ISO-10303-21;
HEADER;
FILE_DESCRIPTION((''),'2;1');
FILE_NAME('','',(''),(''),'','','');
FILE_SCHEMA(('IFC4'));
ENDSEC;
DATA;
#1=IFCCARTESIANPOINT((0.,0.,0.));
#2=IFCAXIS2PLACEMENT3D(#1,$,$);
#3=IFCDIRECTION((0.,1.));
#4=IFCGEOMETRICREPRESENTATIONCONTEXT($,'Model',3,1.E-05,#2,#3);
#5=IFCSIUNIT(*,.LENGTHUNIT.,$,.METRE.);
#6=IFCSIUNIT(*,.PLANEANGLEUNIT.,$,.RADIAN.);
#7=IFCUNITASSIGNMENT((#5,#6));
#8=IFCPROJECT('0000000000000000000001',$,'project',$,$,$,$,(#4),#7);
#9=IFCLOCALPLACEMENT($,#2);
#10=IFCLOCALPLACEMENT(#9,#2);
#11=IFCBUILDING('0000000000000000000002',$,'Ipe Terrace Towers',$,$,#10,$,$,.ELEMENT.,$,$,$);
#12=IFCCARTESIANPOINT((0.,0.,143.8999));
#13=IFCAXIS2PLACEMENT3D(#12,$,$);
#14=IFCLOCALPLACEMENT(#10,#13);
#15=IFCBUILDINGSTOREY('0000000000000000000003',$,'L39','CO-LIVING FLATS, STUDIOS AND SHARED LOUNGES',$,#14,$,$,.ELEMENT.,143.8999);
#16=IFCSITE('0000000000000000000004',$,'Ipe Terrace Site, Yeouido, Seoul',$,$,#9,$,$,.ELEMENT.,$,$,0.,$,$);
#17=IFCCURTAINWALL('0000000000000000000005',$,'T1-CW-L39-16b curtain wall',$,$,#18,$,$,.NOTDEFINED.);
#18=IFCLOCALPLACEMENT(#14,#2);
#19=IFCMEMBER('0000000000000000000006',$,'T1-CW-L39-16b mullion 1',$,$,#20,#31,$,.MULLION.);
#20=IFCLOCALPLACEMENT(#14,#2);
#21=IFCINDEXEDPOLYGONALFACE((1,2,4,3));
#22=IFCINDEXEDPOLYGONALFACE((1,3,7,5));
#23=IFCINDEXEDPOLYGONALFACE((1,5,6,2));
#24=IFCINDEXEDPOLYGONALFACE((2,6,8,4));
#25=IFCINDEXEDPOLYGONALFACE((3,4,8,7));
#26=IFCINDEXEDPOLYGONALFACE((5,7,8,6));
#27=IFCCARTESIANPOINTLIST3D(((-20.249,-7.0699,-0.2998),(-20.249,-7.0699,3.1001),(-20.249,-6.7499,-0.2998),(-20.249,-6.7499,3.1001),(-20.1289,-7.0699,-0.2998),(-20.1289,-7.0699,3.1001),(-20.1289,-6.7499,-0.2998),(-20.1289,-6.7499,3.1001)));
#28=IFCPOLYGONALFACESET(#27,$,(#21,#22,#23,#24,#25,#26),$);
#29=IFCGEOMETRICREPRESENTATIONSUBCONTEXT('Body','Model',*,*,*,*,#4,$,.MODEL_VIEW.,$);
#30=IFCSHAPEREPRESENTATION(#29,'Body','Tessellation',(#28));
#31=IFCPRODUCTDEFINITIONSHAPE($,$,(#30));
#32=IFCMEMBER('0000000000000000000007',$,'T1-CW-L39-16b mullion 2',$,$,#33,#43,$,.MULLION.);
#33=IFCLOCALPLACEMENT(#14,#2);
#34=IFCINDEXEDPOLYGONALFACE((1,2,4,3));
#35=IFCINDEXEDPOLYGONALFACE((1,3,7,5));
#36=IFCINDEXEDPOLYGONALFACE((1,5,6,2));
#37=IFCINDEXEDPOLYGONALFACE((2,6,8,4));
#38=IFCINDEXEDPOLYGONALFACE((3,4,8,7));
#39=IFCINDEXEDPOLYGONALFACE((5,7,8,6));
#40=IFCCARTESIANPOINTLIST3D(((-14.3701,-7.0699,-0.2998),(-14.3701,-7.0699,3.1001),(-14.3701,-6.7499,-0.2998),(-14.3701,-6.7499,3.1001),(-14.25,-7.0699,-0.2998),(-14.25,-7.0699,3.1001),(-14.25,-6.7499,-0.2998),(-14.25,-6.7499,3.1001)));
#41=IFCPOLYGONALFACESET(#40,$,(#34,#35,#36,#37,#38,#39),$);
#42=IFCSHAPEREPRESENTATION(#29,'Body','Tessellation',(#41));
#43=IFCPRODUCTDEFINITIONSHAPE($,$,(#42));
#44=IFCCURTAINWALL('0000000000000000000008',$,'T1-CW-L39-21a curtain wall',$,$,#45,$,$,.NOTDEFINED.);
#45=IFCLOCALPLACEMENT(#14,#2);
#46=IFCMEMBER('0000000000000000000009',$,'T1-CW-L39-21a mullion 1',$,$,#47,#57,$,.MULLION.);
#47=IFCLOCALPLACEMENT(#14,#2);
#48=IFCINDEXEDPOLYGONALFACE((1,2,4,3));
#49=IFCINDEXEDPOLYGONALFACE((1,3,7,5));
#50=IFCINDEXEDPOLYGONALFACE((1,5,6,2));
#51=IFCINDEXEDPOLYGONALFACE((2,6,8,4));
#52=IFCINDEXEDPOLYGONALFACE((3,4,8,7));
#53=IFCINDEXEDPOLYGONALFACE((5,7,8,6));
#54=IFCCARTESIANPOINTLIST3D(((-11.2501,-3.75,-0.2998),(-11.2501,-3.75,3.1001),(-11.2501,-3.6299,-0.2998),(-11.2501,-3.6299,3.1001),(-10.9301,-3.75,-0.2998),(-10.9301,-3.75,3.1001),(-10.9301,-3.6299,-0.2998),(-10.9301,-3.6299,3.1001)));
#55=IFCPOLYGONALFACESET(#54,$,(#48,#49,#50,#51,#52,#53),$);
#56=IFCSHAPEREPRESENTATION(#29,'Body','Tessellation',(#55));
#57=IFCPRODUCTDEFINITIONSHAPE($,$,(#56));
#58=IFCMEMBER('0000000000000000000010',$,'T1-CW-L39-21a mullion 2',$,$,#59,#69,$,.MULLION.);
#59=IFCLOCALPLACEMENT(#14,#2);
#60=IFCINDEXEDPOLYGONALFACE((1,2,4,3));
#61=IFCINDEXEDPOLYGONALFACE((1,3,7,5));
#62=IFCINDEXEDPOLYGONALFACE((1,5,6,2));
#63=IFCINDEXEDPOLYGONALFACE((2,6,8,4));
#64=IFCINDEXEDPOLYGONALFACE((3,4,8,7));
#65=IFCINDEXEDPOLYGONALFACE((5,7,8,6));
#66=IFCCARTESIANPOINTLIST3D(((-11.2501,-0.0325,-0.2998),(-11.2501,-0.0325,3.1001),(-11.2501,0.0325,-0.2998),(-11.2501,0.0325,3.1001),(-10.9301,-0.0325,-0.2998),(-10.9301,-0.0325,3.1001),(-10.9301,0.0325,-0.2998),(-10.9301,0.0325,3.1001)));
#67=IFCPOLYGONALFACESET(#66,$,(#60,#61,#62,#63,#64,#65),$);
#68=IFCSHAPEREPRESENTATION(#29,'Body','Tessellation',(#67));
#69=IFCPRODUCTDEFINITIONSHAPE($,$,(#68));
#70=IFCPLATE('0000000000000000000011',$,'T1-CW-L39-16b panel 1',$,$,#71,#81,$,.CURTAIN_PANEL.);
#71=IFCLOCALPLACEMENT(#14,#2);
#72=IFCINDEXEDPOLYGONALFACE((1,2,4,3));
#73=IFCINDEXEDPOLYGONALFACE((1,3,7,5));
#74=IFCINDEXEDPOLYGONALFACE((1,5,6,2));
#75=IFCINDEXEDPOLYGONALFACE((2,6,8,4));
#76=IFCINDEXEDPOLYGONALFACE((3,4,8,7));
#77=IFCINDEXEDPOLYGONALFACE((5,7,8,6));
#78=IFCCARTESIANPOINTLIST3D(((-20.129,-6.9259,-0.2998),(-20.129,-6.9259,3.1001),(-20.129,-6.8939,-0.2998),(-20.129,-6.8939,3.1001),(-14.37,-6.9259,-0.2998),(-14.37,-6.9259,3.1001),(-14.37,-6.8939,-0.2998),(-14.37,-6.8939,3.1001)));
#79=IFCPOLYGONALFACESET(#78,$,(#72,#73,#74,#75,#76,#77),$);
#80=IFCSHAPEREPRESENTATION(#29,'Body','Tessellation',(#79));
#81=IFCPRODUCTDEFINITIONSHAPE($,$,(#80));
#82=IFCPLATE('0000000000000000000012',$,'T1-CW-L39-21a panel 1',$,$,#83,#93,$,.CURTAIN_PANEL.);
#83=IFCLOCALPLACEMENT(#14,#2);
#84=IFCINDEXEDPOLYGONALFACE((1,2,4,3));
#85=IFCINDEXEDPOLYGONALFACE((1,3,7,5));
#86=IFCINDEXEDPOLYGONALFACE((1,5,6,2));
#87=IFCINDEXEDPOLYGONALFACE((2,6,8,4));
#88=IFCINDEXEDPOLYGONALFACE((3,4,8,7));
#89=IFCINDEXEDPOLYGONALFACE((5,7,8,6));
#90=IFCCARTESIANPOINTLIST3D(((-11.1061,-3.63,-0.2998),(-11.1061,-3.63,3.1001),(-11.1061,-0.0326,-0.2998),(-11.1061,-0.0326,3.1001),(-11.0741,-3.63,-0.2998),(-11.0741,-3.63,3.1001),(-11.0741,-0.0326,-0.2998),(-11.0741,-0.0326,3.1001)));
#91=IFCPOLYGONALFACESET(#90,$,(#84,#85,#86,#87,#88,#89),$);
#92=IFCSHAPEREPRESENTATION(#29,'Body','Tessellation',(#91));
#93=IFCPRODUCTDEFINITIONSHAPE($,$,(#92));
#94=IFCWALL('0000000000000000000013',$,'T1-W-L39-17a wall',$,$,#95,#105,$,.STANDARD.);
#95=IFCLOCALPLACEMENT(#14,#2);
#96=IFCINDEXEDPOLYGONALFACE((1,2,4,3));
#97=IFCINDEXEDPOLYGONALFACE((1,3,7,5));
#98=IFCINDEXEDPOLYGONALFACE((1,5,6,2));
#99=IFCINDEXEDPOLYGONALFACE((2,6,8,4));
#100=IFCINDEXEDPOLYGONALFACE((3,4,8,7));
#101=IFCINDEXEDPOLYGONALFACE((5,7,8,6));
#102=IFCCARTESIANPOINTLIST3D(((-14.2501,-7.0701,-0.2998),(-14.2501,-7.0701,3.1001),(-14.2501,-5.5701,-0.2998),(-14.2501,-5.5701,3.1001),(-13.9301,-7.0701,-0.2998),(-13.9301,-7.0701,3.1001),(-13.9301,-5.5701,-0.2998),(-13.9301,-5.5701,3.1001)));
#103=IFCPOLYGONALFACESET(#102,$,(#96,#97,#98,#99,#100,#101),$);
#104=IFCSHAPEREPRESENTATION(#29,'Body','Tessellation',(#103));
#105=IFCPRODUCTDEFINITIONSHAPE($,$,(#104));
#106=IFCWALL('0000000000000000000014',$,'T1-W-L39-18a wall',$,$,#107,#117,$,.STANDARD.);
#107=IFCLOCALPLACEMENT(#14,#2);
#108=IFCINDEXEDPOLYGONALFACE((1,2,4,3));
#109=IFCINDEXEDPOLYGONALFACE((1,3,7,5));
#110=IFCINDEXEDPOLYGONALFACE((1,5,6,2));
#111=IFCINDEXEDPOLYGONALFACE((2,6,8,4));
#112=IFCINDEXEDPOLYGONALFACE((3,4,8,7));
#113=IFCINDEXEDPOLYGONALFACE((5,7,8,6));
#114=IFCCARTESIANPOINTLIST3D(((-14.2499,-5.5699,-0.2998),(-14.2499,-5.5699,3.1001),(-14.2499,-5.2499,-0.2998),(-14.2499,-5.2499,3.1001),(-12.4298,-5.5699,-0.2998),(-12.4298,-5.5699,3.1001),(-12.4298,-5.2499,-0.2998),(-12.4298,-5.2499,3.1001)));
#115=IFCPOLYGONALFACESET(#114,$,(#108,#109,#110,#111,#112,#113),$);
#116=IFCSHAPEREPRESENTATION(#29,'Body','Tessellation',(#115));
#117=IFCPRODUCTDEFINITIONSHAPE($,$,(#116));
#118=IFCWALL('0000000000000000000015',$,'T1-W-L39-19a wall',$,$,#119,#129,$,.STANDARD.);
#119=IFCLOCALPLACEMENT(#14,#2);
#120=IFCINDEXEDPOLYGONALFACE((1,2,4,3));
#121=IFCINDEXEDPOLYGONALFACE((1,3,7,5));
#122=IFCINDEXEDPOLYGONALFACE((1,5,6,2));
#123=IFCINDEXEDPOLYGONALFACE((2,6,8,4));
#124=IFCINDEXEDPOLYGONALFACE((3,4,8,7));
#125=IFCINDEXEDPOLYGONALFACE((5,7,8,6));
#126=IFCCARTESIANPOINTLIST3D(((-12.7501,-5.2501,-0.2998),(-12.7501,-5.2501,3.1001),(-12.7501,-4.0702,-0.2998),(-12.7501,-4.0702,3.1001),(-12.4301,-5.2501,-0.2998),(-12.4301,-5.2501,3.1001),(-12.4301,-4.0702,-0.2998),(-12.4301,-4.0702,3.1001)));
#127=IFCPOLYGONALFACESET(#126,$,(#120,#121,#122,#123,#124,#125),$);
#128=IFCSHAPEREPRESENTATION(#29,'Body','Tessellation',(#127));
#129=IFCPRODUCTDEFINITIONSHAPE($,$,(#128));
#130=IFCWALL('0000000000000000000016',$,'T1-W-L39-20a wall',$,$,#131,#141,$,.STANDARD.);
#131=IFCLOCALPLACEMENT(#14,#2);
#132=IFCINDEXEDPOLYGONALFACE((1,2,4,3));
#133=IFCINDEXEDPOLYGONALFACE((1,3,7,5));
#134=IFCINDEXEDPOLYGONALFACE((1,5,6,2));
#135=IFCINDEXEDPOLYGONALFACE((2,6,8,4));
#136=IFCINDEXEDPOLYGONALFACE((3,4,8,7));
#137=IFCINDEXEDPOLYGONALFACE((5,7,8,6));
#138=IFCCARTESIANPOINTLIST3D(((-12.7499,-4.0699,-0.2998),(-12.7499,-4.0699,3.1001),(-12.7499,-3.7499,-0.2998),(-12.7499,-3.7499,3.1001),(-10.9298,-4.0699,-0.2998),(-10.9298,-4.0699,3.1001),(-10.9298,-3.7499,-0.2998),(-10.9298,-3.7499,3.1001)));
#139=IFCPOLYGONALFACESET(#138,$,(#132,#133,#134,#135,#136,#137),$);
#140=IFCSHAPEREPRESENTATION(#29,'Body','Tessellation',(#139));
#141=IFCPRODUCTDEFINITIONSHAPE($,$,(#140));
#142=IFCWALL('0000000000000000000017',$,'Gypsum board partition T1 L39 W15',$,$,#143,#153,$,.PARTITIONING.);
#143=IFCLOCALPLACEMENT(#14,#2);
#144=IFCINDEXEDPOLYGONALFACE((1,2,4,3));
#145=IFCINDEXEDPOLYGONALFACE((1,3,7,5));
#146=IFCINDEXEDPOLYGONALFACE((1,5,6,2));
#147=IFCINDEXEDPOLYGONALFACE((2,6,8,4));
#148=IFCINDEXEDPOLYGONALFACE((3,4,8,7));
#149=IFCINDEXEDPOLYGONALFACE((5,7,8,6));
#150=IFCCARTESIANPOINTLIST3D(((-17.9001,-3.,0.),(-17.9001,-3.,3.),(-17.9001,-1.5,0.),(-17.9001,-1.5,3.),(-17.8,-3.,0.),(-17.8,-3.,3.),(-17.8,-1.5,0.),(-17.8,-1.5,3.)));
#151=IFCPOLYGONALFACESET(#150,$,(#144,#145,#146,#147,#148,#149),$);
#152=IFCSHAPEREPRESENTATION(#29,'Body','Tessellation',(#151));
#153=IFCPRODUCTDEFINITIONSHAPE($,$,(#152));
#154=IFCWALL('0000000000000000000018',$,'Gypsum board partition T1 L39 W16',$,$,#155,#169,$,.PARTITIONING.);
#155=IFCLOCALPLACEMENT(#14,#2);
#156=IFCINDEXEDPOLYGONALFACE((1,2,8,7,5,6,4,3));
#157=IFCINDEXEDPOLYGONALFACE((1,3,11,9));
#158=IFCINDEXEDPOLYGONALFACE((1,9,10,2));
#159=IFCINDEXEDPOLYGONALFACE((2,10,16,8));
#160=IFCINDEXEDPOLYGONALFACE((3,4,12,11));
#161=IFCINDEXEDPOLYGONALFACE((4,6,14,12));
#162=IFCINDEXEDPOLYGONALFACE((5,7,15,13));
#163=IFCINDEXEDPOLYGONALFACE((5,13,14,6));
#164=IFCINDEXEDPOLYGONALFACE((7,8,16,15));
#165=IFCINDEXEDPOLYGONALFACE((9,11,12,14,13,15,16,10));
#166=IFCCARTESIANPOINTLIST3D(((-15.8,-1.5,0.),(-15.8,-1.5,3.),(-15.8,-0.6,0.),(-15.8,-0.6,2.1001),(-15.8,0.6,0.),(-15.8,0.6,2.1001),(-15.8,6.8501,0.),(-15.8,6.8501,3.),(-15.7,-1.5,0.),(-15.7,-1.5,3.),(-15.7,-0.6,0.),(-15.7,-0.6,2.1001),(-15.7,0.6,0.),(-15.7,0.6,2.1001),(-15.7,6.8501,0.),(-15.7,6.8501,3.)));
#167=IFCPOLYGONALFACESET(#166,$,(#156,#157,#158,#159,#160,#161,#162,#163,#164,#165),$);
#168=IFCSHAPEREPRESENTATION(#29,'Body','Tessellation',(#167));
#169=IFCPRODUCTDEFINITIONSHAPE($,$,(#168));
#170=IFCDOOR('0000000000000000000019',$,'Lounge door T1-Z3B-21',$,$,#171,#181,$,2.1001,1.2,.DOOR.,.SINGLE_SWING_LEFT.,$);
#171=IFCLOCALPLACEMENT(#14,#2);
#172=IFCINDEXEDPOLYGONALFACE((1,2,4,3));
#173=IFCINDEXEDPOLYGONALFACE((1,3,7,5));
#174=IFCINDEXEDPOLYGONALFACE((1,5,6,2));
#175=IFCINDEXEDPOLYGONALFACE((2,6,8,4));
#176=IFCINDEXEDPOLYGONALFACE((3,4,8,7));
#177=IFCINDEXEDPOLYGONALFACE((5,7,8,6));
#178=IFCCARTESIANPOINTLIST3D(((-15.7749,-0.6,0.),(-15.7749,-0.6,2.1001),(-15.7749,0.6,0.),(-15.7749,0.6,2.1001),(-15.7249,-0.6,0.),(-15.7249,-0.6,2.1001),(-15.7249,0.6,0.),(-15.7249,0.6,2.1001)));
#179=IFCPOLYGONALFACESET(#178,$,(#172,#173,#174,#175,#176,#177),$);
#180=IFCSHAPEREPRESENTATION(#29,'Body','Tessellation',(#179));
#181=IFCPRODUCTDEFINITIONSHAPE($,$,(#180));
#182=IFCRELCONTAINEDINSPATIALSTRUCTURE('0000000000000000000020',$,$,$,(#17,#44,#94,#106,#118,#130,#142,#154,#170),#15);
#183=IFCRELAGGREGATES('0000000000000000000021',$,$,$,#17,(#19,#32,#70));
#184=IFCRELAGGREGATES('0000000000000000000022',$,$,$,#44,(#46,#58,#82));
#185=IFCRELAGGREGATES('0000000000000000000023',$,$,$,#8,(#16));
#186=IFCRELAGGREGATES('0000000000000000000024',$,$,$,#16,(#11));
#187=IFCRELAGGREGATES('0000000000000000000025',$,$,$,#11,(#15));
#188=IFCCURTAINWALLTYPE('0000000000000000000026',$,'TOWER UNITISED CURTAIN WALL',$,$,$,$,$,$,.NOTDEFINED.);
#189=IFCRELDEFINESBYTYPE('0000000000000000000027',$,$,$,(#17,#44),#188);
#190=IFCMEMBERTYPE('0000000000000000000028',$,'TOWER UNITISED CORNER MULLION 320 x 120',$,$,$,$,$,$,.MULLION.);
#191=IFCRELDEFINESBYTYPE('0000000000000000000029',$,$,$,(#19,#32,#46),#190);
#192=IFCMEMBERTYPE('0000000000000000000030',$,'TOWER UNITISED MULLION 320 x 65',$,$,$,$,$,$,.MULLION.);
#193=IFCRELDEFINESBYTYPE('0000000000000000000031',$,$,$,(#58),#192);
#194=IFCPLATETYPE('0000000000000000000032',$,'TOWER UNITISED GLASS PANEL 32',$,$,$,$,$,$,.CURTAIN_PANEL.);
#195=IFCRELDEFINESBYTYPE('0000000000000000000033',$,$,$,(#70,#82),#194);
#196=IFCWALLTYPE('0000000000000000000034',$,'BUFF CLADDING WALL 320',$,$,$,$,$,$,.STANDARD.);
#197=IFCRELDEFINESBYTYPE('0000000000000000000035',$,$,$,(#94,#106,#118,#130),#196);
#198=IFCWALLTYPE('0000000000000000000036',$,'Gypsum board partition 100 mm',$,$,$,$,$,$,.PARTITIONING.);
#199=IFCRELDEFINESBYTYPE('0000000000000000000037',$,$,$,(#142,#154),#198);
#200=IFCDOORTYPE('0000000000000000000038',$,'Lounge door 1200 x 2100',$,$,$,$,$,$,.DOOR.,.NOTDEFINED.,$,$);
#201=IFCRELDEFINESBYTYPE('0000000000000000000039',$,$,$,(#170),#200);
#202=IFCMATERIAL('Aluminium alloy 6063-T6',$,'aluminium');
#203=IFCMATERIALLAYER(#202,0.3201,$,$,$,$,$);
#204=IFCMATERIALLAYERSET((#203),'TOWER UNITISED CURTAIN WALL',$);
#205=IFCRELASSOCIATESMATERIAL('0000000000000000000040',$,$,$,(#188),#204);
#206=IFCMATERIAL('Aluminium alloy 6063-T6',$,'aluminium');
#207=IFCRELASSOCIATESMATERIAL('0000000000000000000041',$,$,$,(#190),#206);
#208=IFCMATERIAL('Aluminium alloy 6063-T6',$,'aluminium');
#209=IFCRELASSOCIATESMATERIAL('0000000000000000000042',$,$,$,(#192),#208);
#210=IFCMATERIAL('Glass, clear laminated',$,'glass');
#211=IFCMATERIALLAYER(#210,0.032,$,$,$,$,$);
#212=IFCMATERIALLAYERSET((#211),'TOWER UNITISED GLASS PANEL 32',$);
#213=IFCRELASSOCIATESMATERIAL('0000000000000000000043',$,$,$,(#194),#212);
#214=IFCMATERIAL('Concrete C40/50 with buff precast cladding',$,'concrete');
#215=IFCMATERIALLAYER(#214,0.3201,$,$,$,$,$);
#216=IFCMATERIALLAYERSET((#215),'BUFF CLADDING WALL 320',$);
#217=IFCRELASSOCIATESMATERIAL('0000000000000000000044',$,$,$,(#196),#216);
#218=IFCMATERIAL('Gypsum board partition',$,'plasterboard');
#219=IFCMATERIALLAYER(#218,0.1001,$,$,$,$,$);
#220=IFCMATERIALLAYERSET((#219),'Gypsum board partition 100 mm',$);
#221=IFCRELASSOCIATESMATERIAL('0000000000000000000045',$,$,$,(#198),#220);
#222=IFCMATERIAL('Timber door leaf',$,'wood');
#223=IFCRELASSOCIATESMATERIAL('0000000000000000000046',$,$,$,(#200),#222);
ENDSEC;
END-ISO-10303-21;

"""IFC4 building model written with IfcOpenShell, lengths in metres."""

from ifc_helpers import new_model, si_unit, direction, frame, frame_2d, origin, origin_2d, place, context, subcontext, project, spatial, rectangle, extrude, material, layer, layer_set, material_profile, profile_set, type_object, element, fill, aggregate, save


model = new_model("IFC4")

# Units and contexts
model_context = context("Model", 3, precision=1e-05, world=origin(), true_north=direction((0.0, 1.0)))
body_context = subcontext(model_context, "Body", "Model", "MODEL_VIEW")
ifc_project = project(units=[si_unit("LENGTHUNIT", "METRE"), si_unit("PLANEANGLEUNIT", "RADIAN")], contexts=[model_context])

# Site, building, storey
site_placement = place(None, origin())
site = spatial("IfcSite", under=ifc_project, at=site_placement, Name="Ipe Terrace Site, Yeouido, Seoul", CompositionType="ELEMENT", RefElevation=0.0)
building_placement = place(site_placement, origin())
building = spatial("IfcBuilding", under=site, at=building_placement, Name="Ipe Terrace Towers", CompositionType="ELEMENT")
storey_placement = place(building_placement, frame((0.0, 0.0, 143.8999)))
storey = spatial("IfcBuildingStorey", under=building, at=storey_placement, Name="L39", Description="CO-LIVING FLATS, STUDIOS AND SHARED LOUNGES", CompositionType="ELEMENT", Elevation=143.8999)

# Curtain walls, members
ifc_material_1 = material(Name="Aluminium alloy 6063-T6", Category="aluminium")
ifc_layer_1 = layer(ifc_material_1, 0.3201)
ifc_layer_set_1 = layer_set([ifc_layer_1], Name="TOWER UNITISED CURTAIN WALL")
curtain_wall_type = type_object("IfcCurtainWallType", Name="TOWER UNITISED CURTAIN WALL", PredefinedType="NOTDEFINED", material=ifc_layer_set_1)
curtain_wall_1_placement = place(storey_placement, origin())
curtain_wall_1 = element("IfcCurtainWall", 1, at=curtain_wall_1_placement, inside=storey, type_object=curtain_wall_type, Name="T1-CW-L39-16b curtain wall", PredefinedType="NOTDEFINED")
ifc_material_2 = material(Name="Aluminium alloy 6063-T6", Category="aluminium")
ifc_material_profile_1 = material_profile(ifc_material_2, rectangle(XDim=0.3201, YDim=0.1201, at=origin_2d()), Name="TOWER UNITISED CORNER MULLION 320 x 120")
ifc_profile_set_1 = profile_set([ifc_material_profile_1], Name="Aluminium alloy 6063-T6")
member_type_1 = type_object("IfcMemberType", Name="TOWER UNITISED CORNER MULLION 320 x 120", PredefinedType="MULLION", material=ifc_profile_set_1)
member_1_placement = place(storey_placement, frame((-20.189, -6.9099, -0.2998), z_axis=(0.0, 0.0, 1.0), x_axis=(0.0, -1.0, 0.0)))
member_1 = element("IfcMember", 2, at=member_1_placement, type_object=member_type_1, Name="T1-CW-L39-16b mullion 1", PredefinedType="MULLION", context=body_context, shape_type="SweptSolid", body=[
    extrude(rectangle(XDim=0.3201, YDim=0.1201, at=origin_2d()), origin(), (0.0, 0.0, 1.0), 3.3999),
])
member_2_placement = place(storey_placement, frame((-14.3101, -6.9099, -0.2998), z_axis=(0.0, 0.0, 1.0), x_axis=(0.0, -1.0, 0.0)))
member_2 = element("IfcMember", 3, at=member_2_placement, type_object=member_type_1, Name="T1-CW-L39-16b mullion 2", PredefinedType="MULLION", context=body_context, shape_type="SweptSolid", body=[
    extrude(rectangle(XDim=0.3201, YDim=0.1201, at=origin_2d()), origin(), (0.0, 0.0, 1.0), 3.3999),
])
curtain_wall_2_placement = place(storey_placement, origin())
curtain_wall_2 = element("IfcCurtainWall", 4, at=curtain_wall_2_placement, inside=storey, type_object=curtain_wall_type, Name="T1-CW-L39-21a curtain wall", PredefinedType="NOTDEFINED")
member_3_placement = place(storey_placement, frame((-11.0901, -3.6899, -0.2998), z_axis=(0.0, 0.0, 1.0), x_axis=(1.0, 0.0, 0.0)))
member_3 = element("IfcMember", 5, at=member_3_placement, type_object=member_type_1, Name="T1-CW-L39-21a mullion 1", PredefinedType="MULLION", context=body_context, shape_type="SweptSolid", body=[
    extrude(rectangle(XDim=0.3201, YDim=0.1201, at=origin_2d()), origin(), (0.0, 0.0, 1.0), 3.3999),
])
ifc_material_3 = material(Name="Aluminium alloy 6063-T6", Category="aluminium")
ifc_material_profile_2 = material_profile(ifc_material_3, rectangle(XDim=0.3201, YDim=0.0649, at=origin_2d()), Name="TOWER UNITISED MULLION 320 x 65")
ifc_profile_set_2 = profile_set([ifc_material_profile_2], Name="Aluminium alloy 6063-T6")
member_type_2 = type_object("IfcMemberType", Name="TOWER UNITISED MULLION 320 x 65", PredefinedType="MULLION", material=ifc_profile_set_2)
member_4_placement = place(storey_placement, frame((-11.0901, 0.0, -0.2998), z_axis=(0.0, 0.0, 1.0), x_axis=(1.0, 0.0, 0.0)))
member_4 = element("IfcMember", 6, at=member_4_placement, type_object=member_type_2, Name="T1-CW-L39-21a mullion 2", PredefinedType="MULLION", context=body_context, shape_type="SweptSolid", body=[
    extrude(rectangle(XDim=0.3201, YDim=0.0649, at=origin_2d()), origin(), (0.0, 0.0, 1.0), 3.3999),
])

# Plates
ifc_material_4 = material(Name="Glass, clear laminated", Category="glass")
ifc_layer_2 = layer(ifc_material_4, 0.032)
ifc_layer_set_2 = layer_set([ifc_layer_2], Name="TOWER UNITISED GLASS PANEL 32")
plate_type = type_object("IfcPlateType", Name="TOWER UNITISED GLASS PANEL 32", PredefinedType="CURTAIN_PANEL", material=ifc_layer_set_2)
plate_1_placement = place(storey_placement, frame((-17.2495, -6.9099, -0.2998), z_axis=(0.0, 0.0, 1.0), x_axis=(1.0, 0.0, 0.0)))
plate_1 = element("IfcPlate", 7, at=plate_1_placement, type_object=plate_type, Name="T1-CW-L39-16b panel 1", PredefinedType="CURTAIN_PANEL", context=body_context, shape_type="SweptSolid", body=[
    extrude(rectangle(XDim=5.759, YDim=0.032, at=origin_2d()), origin(), (0.0, 0.0, 1.0), 3.3999),
])
aggregate(curtain_wall_1, [member_1, member_2, plate_1])
plate_2_placement = place(storey_placement, frame((-11.0901, -1.8313, -0.2998), z_axis=(0.0, 0.0, 1.0), x_axis=(0.0, 1.0, 0.0)))
plate_2 = element("IfcPlate", 8, at=plate_2_placement, type_object=plate_type, Name="T1-CW-L39-21a panel 1", PredefinedType="CURTAIN_PANEL", context=body_context, shape_type="SweptSolid", body=[
    extrude(rectangle(XDim=3.5974, YDim=0.032, at=origin_2d()), origin(), (0.0, 0.0, 1.0), 3.3999),
])
aggregate(curtain_wall_2, [member_3, member_4, plate_2])

# Walls
ifc_material_5 = material(Name="Concrete C40/50 with buff precast cladding", Category="concrete")
ifc_layer_3 = layer(ifc_material_5, 0.3201)
ifc_layer_set_3 = layer_set([ifc_layer_3], Name="BUFF CLADDING WALL 320")
wall_type_1 = type_object("IfcWallType", Name="BUFF CLADDING WALL 320", PredefinedType="STANDARD", material=ifc_layer_set_3)
wall_1_placement = place(storey_placement, frame((-14.0901, -7.0701, -0.2998), z_axis=(0.0, 0.0, 1.0), x_axis=(0.0, 1.0, 0.0)))
element("IfcWall", 9, at=wall_1_placement, inside=storey, type_object=wall_type_1, Name="T1-W-L39-17a wall", PredefinedType="STANDARD", context=body_context, shape_type="SweptSolid", body=[
    extrude(rectangle(XDim=1.5, YDim=0.3201, at=frame_2d((0.75, 0.0))), origin(), (0.0, 0.0, 1.0), 3.3999),
])
wall_2_placement = place(storey_placement, frame((-14.25, -5.4099, -0.2998), z_axis=(0.0, 0.0, 1.0), x_axis=(1.0, 0.0, 0.0)))
element("IfcWall", 10, at=wall_2_placement, inside=storey, type_object=wall_type_1, Name="T1-W-L39-18a wall", PredefinedType="STANDARD", context=body_context, shape_type="SweptSolid", body=[
    extrude(rectangle(XDim=1.8201, YDim=0.3201, at=frame_2d((0.9102, 0.0))), origin(), (0.0, 0.0, 1.0), 3.3999),
])
wall_3_placement = place(storey_placement, frame((-12.5901, -5.25, -0.2998), z_axis=(0.0, 0.0, 1.0), x_axis=(0.0, 1.0, 0.0)))
element("IfcWall", 11, at=wall_3_placement, inside=storey, type_object=wall_type_1, Name="T1-W-L39-19a wall", PredefinedType="STANDARD", context=body_context, shape_type="SweptSolid", body=[
    extrude(rectangle(XDim=1.1799, YDim=0.3201, at=frame_2d((0.5898, 0.0))), origin(), (0.0, 0.0, 1.0), 3.3999),
])
wall_4_placement = place(storey_placement, frame((-12.75, -3.9099, -0.2998), z_axis=(0.0, 0.0, 1.0), x_axis=(1.0, 0.0, 0.0)))
element("IfcWall", 12, at=wall_4_placement, inside=storey, type_object=wall_type_1, Name="T1-W-L39-20a wall", PredefinedType="STANDARD", context=body_context, shape_type="SweptSolid", body=[
    extrude(rectangle(XDim=1.8201, YDim=0.3201, at=frame_2d((0.9102, 0.0))), origin(), (0.0, 0.0, 1.0), 3.3999),
])
ifc_material_6 = material(Name="Gypsum board partition", Category="plasterboard")
ifc_layer_4 = layer(ifc_material_6, 0.1001)
ifc_layer_set_4 = layer_set([ifc_layer_4], Name="Gypsum board partition 100 mm")
wall_type_2 = type_object("IfcWallType", Name="Gypsum board partition 100 mm", PredefinedType="PARTITIONING", material=ifc_layer_set_4)
wall_5_placement = place(storey_placement, frame((-17.8501, -3.0, 0.0), z_axis=(0.0, 0.0, 1.0), x_axis=(0.0, 1.0, 0.0)))
element("IfcWall", 13, at=wall_5_placement, inside=storey, type_object=wall_type_2, Name="Gypsum board partition T1 L39 W15", PredefinedType="PARTITIONING", context=body_context, shape_type="SweptSolid", body=[
    extrude(rectangle(XDim=1.5, YDim=0.1001, at=frame_2d((0.75, 0.0))), origin(), (0.0, 0.0, 1.0), 3.0),
])

# Wall, opening, door
wall_6_placement = place(storey_placement, frame((-15.75, -1.5, 0.0), z_axis=(0.0, 0.0, 1.0), x_axis=(0.0, 1.0, 0.0)))
wall_6 = element("IfcWall", 14, at=wall_6_placement, inside=storey, type_object=wall_type_2, Name="Gypsum board partition T1 L39 W16", PredefinedType="PARTITIONING", context=body_context, shape_type="SweptSolid", body=[
    extrude(rectangle(XDim=8.3501, YDim=0.1001, at=frame_2d((4.175, 0.0))), origin(), (0.0, 0.0, 1.0), 3.0),
])
opening_1_placement = place(wall_6_placement, frame((0.8999, 0.0, 0.0)))
opening_1 = element("IfcOpeningElement", 15, at=opening_1_placement, cuts=wall_6, PredefinedType="OPENING", context=body_context, shape_type="SweptSolid", body=[
    extrude(rectangle(XDim=1.2, YDim=2.1001, at=frame_2d((0.6001, 1.05))), frame((0.0, 0.0601, 0.0), z_axis=(0.0, -1.0, 0.0), x_axis=(1.0, 0.0, 0.0)), (0.0, 0.0, 1.0), 0.1201),
])
ifc_material_7 = material(Name="Timber door leaf", Category="wood")
door_type_1 = type_object("IfcDoorType", Name="Lounge door 1200 x 2100", OperationType="NOTDEFINED", PredefinedType="DOOR", material=ifc_material_7)
door_1_placement = place(opening_1_placement, origin())
door_1 = element("IfcDoor", 16, at=door_1_placement, inside=storey, type_object=door_type_1, Name="Lounge door T1-Z3B-21", OperationType="SINGLE_SWING_LEFT", OverallHeight=2.1001, OverallWidth=1.2, PredefinedType="DOOR", context=body_context, shape_type="SweptSolid", body=[
    extrude(rectangle(XDim=1.2, YDim=2.1001, at=frame_2d((0.6001, 1.05))), frame((0.0, 0.0249, 0.0), z_axis=(0.0, -1.0, 0.0), x_axis=(1.0, 0.0, 0.0)), (0.0, 0.0, 1.0), 0.05),
])
fill(opening_1, door_1)

save(model, "model.ifc")
